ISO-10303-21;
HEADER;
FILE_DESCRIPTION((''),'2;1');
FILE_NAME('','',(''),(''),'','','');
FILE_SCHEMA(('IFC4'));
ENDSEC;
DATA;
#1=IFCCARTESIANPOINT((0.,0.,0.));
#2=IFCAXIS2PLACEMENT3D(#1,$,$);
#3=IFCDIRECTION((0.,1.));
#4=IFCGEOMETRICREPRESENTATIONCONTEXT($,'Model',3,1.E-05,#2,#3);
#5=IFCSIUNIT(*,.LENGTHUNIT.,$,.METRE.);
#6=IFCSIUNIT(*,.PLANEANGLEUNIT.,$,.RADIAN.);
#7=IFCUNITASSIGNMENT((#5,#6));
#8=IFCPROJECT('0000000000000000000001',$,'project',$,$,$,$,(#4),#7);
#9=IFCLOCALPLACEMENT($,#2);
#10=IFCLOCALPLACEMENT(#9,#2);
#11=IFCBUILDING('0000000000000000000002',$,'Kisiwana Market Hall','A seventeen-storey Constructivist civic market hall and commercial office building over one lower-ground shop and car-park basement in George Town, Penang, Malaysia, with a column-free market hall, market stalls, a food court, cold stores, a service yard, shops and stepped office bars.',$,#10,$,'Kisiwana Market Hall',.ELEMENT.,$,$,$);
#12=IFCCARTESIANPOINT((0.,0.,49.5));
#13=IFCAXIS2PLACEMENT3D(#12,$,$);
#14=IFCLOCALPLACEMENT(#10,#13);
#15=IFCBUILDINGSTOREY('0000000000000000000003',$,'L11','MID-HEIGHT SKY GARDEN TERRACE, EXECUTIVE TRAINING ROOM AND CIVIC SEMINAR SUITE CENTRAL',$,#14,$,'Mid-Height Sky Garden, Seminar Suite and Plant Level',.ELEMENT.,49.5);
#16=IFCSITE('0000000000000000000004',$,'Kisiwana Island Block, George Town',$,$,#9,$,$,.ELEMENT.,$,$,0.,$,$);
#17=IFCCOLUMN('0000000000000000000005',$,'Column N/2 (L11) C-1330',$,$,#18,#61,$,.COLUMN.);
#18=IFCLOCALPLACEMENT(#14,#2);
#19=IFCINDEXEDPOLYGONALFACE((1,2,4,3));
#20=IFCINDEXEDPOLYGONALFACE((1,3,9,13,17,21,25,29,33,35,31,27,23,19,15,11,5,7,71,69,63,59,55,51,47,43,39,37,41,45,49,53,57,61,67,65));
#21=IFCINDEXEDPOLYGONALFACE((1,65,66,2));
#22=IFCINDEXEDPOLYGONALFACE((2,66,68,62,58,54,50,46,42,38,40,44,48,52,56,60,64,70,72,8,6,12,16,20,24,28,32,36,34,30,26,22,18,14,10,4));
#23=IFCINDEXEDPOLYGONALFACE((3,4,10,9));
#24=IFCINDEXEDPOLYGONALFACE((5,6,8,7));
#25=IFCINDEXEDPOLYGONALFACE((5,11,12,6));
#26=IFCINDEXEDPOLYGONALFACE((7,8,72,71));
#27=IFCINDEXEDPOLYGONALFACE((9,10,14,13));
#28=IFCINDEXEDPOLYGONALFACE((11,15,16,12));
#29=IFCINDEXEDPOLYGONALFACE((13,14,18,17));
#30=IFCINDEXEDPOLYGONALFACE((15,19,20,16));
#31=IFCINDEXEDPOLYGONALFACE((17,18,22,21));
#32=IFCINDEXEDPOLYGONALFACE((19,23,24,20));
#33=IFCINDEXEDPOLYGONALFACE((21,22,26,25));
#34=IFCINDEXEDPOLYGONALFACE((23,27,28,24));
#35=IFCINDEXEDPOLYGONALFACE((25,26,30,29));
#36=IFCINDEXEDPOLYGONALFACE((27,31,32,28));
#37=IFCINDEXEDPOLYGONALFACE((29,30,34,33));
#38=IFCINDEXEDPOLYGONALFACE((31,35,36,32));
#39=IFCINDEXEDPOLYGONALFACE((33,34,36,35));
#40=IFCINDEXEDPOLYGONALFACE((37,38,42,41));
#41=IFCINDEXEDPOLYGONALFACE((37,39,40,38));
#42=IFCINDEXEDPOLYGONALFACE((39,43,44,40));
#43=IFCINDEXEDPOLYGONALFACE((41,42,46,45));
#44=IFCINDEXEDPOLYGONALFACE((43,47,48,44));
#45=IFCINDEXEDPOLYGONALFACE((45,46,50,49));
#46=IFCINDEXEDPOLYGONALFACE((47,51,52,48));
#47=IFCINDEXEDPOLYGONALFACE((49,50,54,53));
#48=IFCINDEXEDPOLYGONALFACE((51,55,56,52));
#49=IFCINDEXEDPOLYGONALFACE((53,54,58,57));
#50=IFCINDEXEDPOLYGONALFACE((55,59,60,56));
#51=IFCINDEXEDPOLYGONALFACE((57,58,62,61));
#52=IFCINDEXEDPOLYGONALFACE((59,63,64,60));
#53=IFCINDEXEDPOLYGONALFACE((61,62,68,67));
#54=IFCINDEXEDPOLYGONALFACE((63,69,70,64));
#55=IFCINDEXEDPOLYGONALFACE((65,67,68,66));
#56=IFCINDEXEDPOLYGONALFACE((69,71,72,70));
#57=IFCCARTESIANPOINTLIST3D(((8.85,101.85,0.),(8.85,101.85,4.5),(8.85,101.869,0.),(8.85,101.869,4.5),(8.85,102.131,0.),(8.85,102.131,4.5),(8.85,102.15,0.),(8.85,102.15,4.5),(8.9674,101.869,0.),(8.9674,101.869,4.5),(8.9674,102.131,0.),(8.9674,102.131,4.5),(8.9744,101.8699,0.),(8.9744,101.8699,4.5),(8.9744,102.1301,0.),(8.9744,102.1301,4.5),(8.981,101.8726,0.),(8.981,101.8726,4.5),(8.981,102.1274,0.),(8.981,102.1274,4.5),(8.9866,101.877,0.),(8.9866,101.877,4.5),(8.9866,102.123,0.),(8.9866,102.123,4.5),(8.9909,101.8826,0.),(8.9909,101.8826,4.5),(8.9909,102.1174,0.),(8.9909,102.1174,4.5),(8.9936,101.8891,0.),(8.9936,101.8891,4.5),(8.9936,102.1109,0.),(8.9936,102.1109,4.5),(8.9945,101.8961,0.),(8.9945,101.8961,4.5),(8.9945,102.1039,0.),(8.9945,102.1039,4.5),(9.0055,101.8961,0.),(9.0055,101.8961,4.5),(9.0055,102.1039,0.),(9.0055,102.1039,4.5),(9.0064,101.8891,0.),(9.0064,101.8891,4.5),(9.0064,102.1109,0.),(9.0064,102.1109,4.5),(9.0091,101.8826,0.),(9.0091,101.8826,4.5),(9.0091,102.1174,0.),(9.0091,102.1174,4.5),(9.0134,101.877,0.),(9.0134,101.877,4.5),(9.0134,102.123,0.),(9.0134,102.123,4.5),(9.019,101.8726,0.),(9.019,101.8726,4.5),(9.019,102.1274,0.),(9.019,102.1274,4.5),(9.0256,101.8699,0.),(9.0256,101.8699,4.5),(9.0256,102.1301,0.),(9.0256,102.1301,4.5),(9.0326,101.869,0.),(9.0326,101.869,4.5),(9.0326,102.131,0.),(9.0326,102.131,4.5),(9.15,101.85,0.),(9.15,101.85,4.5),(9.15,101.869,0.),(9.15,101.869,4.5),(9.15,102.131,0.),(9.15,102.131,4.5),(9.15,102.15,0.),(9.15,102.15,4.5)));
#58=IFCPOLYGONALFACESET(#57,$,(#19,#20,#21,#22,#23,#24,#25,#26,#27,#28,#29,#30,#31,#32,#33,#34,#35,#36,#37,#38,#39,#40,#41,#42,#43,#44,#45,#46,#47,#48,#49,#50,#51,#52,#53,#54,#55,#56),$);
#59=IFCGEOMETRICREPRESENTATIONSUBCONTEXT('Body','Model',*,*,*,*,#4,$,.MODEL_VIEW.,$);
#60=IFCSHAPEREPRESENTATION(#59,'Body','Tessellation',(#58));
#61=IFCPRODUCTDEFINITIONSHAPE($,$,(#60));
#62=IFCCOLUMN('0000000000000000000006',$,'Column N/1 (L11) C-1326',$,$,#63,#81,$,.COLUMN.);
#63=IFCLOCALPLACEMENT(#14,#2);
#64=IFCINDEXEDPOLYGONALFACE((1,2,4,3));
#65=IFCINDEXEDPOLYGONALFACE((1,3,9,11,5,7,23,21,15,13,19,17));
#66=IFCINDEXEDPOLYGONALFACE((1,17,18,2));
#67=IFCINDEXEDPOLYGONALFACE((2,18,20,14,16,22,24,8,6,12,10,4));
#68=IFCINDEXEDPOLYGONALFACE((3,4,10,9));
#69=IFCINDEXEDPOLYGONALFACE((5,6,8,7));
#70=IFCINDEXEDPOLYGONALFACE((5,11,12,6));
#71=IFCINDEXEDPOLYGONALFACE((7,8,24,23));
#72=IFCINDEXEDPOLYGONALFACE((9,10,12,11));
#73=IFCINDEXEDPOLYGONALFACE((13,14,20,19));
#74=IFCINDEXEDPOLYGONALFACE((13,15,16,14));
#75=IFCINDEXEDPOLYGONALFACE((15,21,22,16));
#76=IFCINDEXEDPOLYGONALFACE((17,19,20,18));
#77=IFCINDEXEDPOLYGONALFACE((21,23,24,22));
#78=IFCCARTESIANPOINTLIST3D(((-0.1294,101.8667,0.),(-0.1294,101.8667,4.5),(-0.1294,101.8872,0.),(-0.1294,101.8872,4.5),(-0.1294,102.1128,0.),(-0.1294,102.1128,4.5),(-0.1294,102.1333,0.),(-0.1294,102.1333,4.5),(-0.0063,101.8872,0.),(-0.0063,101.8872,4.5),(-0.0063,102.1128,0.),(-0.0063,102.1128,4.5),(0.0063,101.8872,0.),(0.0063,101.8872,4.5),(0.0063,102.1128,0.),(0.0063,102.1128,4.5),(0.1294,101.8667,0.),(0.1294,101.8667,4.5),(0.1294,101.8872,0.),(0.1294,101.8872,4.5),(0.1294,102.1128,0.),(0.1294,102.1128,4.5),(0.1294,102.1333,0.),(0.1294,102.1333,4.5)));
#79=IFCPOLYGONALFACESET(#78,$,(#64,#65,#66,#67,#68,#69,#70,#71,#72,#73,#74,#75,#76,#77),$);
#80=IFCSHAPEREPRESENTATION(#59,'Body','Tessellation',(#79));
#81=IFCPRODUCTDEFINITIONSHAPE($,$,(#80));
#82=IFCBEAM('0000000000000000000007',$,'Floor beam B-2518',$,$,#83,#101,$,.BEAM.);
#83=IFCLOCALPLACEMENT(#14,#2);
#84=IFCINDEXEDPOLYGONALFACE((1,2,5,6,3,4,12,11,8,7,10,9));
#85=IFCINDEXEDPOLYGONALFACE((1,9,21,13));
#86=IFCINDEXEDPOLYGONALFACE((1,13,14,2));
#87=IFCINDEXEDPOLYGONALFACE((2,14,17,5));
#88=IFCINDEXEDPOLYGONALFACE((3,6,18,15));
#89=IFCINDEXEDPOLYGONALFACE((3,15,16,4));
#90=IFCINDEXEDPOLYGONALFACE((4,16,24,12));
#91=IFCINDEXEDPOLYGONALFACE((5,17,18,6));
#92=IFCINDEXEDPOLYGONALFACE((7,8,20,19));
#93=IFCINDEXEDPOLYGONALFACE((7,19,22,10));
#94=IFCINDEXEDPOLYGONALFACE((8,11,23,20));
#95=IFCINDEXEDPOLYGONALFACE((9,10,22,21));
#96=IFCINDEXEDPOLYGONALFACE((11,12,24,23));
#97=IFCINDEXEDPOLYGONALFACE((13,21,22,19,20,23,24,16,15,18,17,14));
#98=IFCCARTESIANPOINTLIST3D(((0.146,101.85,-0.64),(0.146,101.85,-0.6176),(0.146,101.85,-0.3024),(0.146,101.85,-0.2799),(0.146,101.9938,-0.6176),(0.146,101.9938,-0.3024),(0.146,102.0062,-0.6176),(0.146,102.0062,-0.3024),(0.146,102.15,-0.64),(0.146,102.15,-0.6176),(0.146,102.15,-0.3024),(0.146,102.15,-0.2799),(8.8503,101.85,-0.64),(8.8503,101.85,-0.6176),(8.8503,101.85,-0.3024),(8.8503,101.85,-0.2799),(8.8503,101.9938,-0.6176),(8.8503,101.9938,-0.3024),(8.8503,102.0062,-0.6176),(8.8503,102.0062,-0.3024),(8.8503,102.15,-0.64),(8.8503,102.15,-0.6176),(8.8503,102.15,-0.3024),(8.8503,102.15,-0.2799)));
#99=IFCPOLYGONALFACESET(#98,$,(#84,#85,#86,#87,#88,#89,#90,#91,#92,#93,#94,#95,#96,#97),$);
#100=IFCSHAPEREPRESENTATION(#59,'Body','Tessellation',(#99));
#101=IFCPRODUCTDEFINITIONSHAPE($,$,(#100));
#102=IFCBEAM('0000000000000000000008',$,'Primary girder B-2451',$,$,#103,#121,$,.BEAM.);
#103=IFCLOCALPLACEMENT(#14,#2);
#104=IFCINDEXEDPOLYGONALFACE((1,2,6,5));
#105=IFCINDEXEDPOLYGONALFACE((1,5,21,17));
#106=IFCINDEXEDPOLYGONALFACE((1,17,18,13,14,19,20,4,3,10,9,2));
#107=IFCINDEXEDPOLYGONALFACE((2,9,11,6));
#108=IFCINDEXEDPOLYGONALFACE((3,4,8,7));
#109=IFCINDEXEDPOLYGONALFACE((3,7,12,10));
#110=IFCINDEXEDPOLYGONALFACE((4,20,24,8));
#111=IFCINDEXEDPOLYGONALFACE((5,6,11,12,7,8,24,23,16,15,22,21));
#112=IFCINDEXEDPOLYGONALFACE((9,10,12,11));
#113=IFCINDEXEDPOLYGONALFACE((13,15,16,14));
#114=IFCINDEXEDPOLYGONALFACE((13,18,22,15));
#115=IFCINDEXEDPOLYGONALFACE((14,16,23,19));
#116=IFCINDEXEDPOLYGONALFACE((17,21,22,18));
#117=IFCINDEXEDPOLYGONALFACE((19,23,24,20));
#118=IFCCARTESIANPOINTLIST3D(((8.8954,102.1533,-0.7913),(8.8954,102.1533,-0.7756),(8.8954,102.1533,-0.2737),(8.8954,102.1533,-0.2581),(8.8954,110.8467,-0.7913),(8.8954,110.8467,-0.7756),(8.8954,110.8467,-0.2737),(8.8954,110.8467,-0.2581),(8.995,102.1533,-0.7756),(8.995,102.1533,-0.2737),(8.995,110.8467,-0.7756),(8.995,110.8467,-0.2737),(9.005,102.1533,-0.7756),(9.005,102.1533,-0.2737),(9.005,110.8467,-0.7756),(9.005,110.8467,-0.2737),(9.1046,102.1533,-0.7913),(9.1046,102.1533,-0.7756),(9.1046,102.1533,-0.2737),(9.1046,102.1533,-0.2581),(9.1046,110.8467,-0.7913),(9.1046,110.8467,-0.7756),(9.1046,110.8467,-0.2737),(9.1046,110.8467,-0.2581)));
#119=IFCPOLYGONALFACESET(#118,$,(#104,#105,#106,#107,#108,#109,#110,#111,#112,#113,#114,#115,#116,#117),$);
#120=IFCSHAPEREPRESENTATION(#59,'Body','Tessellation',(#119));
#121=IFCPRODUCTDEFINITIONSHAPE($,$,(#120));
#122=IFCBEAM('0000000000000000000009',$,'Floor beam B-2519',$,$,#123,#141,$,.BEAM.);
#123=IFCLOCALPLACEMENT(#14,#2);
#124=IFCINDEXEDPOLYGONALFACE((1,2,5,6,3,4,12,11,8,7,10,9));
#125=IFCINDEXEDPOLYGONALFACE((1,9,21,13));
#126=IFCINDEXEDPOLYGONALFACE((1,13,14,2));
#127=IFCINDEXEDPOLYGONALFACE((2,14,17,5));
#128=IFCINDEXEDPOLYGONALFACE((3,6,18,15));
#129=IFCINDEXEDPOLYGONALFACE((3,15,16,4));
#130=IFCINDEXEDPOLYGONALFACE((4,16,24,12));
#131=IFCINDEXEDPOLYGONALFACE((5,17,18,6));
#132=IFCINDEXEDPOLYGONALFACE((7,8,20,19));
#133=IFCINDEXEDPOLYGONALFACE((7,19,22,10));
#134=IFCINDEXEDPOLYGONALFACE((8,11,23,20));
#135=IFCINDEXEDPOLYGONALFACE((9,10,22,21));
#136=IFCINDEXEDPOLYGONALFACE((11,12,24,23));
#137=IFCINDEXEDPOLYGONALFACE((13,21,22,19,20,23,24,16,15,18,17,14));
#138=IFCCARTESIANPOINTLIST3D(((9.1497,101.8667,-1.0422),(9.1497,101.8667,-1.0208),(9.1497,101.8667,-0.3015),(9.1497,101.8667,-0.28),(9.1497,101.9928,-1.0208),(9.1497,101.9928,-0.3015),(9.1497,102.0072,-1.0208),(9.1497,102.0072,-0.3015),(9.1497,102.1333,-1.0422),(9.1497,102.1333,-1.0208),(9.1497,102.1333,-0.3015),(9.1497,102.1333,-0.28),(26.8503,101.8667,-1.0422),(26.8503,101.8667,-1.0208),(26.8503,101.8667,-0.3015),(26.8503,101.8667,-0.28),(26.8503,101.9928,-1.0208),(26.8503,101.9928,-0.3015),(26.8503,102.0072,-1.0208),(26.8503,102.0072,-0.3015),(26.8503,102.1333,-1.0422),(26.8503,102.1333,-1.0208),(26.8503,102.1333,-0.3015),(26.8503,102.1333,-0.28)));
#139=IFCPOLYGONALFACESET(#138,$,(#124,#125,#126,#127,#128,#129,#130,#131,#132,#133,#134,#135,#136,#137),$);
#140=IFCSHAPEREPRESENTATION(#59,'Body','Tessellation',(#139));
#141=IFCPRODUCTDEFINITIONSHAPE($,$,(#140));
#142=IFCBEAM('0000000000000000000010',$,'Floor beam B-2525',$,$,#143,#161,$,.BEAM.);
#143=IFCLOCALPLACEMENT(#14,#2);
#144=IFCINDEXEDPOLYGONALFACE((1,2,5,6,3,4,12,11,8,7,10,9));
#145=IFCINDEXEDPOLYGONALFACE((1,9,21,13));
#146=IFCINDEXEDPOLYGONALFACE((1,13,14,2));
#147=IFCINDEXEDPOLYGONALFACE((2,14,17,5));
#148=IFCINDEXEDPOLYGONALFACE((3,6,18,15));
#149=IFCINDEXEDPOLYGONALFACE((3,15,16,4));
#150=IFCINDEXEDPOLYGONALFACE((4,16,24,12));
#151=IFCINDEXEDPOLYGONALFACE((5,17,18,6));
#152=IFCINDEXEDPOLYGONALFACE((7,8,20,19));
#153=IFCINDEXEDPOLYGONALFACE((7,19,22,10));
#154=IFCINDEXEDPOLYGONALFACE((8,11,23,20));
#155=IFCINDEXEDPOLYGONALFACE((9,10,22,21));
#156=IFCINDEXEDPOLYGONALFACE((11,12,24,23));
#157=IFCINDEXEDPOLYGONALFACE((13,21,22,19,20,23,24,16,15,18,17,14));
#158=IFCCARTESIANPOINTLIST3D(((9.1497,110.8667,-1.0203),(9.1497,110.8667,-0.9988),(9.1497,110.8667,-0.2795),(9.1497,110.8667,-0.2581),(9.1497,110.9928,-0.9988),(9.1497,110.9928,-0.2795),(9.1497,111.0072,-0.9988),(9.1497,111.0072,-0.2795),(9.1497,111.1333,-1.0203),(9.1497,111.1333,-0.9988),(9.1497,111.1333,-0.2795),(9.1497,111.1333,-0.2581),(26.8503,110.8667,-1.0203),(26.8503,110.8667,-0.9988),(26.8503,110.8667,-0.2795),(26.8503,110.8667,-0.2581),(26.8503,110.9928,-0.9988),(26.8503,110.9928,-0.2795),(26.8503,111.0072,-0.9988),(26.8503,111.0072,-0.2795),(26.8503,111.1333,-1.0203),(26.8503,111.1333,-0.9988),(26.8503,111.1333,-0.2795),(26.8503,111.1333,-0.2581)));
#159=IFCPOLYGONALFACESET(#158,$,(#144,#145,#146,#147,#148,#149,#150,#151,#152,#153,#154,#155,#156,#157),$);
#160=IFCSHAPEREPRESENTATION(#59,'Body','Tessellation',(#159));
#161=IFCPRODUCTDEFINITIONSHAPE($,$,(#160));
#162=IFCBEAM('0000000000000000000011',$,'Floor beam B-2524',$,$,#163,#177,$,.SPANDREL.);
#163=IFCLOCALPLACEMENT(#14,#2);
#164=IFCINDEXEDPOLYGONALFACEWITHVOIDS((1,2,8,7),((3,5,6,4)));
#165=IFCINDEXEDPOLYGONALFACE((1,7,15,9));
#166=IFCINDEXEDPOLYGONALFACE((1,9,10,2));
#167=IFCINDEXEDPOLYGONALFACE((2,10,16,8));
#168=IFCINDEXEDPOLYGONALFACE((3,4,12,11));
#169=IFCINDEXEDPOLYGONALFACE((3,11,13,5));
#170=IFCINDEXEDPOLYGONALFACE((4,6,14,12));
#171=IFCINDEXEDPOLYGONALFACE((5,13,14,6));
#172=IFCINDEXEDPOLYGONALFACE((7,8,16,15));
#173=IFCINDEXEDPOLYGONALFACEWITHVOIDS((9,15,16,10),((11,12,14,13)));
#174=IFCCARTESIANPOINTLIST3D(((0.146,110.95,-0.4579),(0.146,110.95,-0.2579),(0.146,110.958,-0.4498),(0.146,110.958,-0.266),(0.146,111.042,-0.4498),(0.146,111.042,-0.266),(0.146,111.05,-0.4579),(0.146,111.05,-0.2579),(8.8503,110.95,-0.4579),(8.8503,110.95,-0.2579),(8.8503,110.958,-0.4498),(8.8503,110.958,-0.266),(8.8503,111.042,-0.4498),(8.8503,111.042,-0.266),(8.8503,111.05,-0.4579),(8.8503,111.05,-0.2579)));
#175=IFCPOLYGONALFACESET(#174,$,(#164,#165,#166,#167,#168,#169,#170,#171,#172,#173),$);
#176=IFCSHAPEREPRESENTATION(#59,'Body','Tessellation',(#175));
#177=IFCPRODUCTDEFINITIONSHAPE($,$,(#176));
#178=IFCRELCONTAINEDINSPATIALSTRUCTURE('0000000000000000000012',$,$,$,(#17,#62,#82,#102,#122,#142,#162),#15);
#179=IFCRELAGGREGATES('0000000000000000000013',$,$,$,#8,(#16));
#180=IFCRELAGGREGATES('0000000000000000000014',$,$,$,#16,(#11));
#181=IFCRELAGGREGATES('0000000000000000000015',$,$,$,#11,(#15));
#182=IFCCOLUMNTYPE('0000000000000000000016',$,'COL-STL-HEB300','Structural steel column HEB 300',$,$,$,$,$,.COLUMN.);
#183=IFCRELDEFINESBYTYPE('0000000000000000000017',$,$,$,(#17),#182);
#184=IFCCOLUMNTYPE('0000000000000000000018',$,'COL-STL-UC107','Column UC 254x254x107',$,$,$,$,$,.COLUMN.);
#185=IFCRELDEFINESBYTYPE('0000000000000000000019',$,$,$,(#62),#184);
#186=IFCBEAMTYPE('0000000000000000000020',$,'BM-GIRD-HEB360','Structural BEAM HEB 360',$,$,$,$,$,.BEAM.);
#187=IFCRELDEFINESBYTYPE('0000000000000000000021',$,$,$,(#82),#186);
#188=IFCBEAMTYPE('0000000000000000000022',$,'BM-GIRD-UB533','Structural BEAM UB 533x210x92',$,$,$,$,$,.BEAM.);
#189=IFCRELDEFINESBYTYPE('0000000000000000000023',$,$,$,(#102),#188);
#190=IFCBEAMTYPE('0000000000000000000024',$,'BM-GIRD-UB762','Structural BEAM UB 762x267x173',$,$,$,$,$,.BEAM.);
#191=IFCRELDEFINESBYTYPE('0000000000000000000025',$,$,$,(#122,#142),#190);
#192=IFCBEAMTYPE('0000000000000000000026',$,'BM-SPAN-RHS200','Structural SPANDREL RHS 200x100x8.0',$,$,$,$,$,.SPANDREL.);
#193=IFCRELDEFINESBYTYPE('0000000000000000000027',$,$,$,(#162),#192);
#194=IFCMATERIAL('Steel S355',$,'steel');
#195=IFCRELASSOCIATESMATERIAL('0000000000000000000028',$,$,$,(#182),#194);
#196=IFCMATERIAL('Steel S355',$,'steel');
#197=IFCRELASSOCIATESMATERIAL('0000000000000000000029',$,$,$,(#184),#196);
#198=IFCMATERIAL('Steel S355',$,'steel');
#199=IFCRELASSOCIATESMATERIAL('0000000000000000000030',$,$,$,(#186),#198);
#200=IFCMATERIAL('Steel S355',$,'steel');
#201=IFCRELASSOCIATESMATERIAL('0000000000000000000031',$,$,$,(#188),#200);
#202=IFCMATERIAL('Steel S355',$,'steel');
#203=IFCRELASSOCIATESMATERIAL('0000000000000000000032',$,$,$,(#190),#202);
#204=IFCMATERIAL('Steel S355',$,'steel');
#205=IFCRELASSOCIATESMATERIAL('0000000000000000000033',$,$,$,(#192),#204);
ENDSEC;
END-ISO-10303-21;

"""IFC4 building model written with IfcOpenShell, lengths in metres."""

from ifc_helpers import new_model, si_unit, direction, frame, origin, origin_2d, place, context, subcontext, project, spatial, hollow_rectangle, i_section, extrude, material, material_profile, profile_set, type_object, element, save


model = new_model("IFC4")

# Units and contexts
model_context = context("Model", 3, precision=1e-05, world=origin(), true_north=direction((0.0, 1.0)))
body_context = subcontext(model_context, "Body", "Model", "MODEL_VIEW")
ifc_project = project(units=[si_unit("LENGTHUNIT", "METRE"), si_unit("PLANEANGLEUNIT", "RADIAN")], contexts=[model_context])

# Site, building, storey
site_placement = place(None, origin())
site = spatial("IfcSite", under=ifc_project, at=site_placement, Name="Kisiwana Island Block, George Town", CompositionType="ELEMENT", RefElevation=0.0)
building_placement = place(site_placement, origin())
building = spatial("IfcBuilding", under=site, at=building_placement, Name="Kisiwana Market Hall", Description="A seventeen-storey Constructivist civic market hall and commercial office building over one lower-ground shop and car-park basement in George Town, Penang, Malaysia, with a column-free market hall, market stalls, a food court, cold stores, a service yard, shops and stepped office bars.", LongName="Kisiwana Market Hall", CompositionType="ELEMENT")
storey_placement = place(building_placement, frame((0.0, 0.0, 49.5)))
storey = spatial("IfcBuildingStorey", under=building, at=storey_placement, Name="L11", Description="MID-HEIGHT SKY GARDEN TERRACE, EXECUTIVE TRAINING ROOM AND CIVIC SEMINAR SUITE CENTRAL", LongName="Mid-Height Sky Garden, Seminar Suite and Plant Level", CompositionType="ELEMENT", Elevation=49.5)

# Columns
ifc_material_1 = material(Name="Steel S355", Category="steel")
ifc_material_profile_1 = material_profile(ifc_material_1, i_section(OverallWidth=0.3, OverallDepth=0.3, WebThickness=0.011, FlangeThickness=0.019, FilletRadius=0.0271, at=origin_2d()), Name="HEB 300")
ifc_profile_set_1 = profile_set([ifc_material_profile_1], Name="Steel S355")
column_type_1 = type_object("IfcColumnType", Name="COL-STL-HEB300", Description="Structural steel column HEB 300", PredefinedType="COLUMN", material=ifc_profile_set_1)
column_1_placement = place(storey_placement, frame((9.0, 102.0, 0.0), z_axis=(0.0, 0.0, 1.0), x_axis=(1.0, 0.0, 0.0)))
element("IfcColumn", 1, at=column_1_placement, inside=storey, type_object=column_type_1, Name="Column N/2 (L11) C-1330", PredefinedType="COLUMN", context=body_context, shape_type="SweptSolid", body=[
    extrude(i_section(OverallWidth=0.3, OverallDepth=0.3, WebThickness=0.011, FlangeThickness=0.019, FilletRadius=0.0271, at=origin_2d()), origin(), (0.0, 0.0, 1.0), 4.5),
])
ifc_material_2 = material(Name="Steel S355", Category="steel")
ifc_material_profile_2 = material_profile(ifc_material_2, i_section(OverallWidth=0.2588, OverallDepth=0.2666, WebThickness=0.0127, FlangeThickness=0.0205, at=origin_2d()), Name="UC 254x254x107")
ifc_profile_set_2 = profile_set([ifc_material_profile_2], Name="Steel S355")
column_type_2 = type_object("IfcColumnType", Name="COL-STL-UC107", Description="Column UC 254x254x107", PredefinedType="COLUMN", material=ifc_profile_set_2)
column_2_placement = place(storey_placement, frame((0.0, 102.0, 0.0), z_axis=(0.0, 0.0, 1.0), x_axis=(1.0, 0.0, 0.0)))
element("IfcColumn", 2, at=column_2_placement, inside=storey, type_object=column_type_2, Name="Column N/1 (L11) C-1326", PredefinedType="COLUMN", context=body_context, shape_type="SweptSolid", body=[
    extrude(i_section(OverallWidth=0.2588, OverallDepth=0.2666, WebThickness=0.0127, FlangeThickness=0.0205, at=origin_2d()), origin(), (0.0, 0.0, 1.0), 4.5),
])

# Beams
ifc_material_3 = material(Name="Steel S355", Category="steel")
ifc_material_profile_3 = material_profile(ifc_material_3, i_section(OverallWidth=0.3, OverallDepth=0.3601, WebThickness=0.0125, FlangeThickness=0.0225, at=origin_2d()), Name="HEB 360")
ifc_profile_set_3 = profile_set([ifc_material_profile_3], Name="Steel S355")
beam_type_1 = type_object("IfcBeamType", Name="BM-GIRD-HEB360", Description="Structural BEAM HEB 360", PredefinedType="BEAM", material=ifc_profile_set_3)
beam_1_placement = place(storey_placement, frame((0.146, 102.0, -0.46), z_axis=(1.0, 0.0, 0.0), x_axis=(0.0, 1.0, 0.0)))
element("IfcBeam", 3, at=beam_1_placement, inside=storey, type_object=beam_type_1, Name="Floor beam B-2518", PredefinedType="BEAM", context=body_context, shape_type="SweptSolid", body=[
    extrude(i_section(OverallWidth=0.3, OverallDepth=0.3601, WebThickness=0.0125, FlangeThickness=0.0225, at=origin_2d()), origin(), (0.0, 0.0, 1.0), 8.7043),
])
ifc_material_4 = material(Name="Steel S355", Category="steel")
ifc_material_profile_4 = material_profile(ifc_material_4, i_section(OverallWidth=0.2092, OverallDepth=0.5332, WebThickness=0.01, FlangeThickness=0.0156, at=origin_2d()), Name="UB 533x210x92")
ifc_profile_set_4 = profile_set([ifc_material_profile_4], Name="Steel S355")
beam_type_2 = type_object("IfcBeamType", Name="BM-GIRD-UB533", Description="Structural BEAM UB 533x210x92", PredefinedType="BEAM", material=ifc_profile_set_4)
beam_2_placement = place(storey_placement, frame((9.0, 102.1533, -0.5247), z_axis=(0.0, 1.0, 0.0), x_axis=(-1.0, 0.0, 0.0)))
element("IfcBeam", 4, at=beam_2_placement, inside=storey, type_object=beam_type_2, Name="Primary girder B-2451", PredefinedType="BEAM", context=body_context, shape_type="SweptSolid", body=[
    extrude(i_section(OverallWidth=0.2092, OverallDepth=0.5332, WebThickness=0.01, FlangeThickness=0.0156, at=origin_2d()), origin(), (0.0, 0.0, 1.0), 8.6934),
])
ifc_material_5 = material(Name="Steel S355", Category="steel")
ifc_material_profile_5 = material_profile(ifc_material_5, i_section(OverallWidth=0.2666, OverallDepth=0.7622, WebThickness=0.0144, FlangeThickness=0.0215, at=origin_2d()), Name="UB 762x267x173")
ifc_profile_set_5 = profile_set([ifc_material_profile_5], Name="Steel S355")
beam_type_3 = type_object("IfcBeamType", Name="BM-GIRD-UB762", Description="Structural BEAM UB 762x267x173", PredefinedType="BEAM", material=ifc_profile_set_5)
for number, where, z_axis, x_axis, name in (
    (5, (9.1497, 102.0, -0.6611), (1.0, 0.0, 0.0), (0.0, 1.0, 0.0), "Floor beam B-2519"),
    (6, (9.1497, 111.0, -0.6392), (1.0, 0.0, 0.0), (0.0, 1.0, 0.0), "Floor beam B-2525"),
):
    element("IfcBeam", number, at=place(storey_placement, frame(where, z_axis=z_axis, x_axis=x_axis)), inside=storey, type_object=beam_type_3, Name=name, PredefinedType="BEAM", context=body_context, shape_type="SweptSolid", body=[
        extrude(i_section(OverallWidth=0.2666, OverallDepth=0.7622, WebThickness=0.0144, FlangeThickness=0.0215, at=origin_2d()), origin(), (0.0, 0.0, 1.0), 17.7007),
    ])
ifc_material_6 = material(Name="Steel S355", Category="steel")
ifc_material_profile_6 = material_profile(ifc_material_6, hollow_rectangle(XDim=0.1001, YDim=0.2, WallThickness=0.0081, at=origin_2d()), Name="RHS 200x100x8.0")
ifc_profile_set_6 = profile_set([ifc_material_profile_6], Name="Steel S355")
beam_type_4 = type_object("IfcBeamType", Name="BM-SPAN-RHS200", Description="Structural SPANDREL RHS 200x100x8.0", PredefinedType="SPANDREL", material=ifc_profile_set_6)
beam_3_placement = place(storey_placement, frame((0.146, 111.0, -0.3579), z_axis=(1.0, 0.0, 0.0), x_axis=(0.0, 1.0, 0.0)))
element("IfcBeam", 7, at=beam_3_placement, inside=storey, type_object=beam_type_4, Name="Floor beam B-2524", PredefinedType="SPANDREL", context=body_context, shape_type="SweptSolid", body=[
    extrude(hollow_rectangle(XDim=0.1001, YDim=0.2, WallThickness=0.0081, at=origin_2d()), origin(), (0.0, 0.0, 1.0), 8.7043),
])

save(model, "model.ifc")
